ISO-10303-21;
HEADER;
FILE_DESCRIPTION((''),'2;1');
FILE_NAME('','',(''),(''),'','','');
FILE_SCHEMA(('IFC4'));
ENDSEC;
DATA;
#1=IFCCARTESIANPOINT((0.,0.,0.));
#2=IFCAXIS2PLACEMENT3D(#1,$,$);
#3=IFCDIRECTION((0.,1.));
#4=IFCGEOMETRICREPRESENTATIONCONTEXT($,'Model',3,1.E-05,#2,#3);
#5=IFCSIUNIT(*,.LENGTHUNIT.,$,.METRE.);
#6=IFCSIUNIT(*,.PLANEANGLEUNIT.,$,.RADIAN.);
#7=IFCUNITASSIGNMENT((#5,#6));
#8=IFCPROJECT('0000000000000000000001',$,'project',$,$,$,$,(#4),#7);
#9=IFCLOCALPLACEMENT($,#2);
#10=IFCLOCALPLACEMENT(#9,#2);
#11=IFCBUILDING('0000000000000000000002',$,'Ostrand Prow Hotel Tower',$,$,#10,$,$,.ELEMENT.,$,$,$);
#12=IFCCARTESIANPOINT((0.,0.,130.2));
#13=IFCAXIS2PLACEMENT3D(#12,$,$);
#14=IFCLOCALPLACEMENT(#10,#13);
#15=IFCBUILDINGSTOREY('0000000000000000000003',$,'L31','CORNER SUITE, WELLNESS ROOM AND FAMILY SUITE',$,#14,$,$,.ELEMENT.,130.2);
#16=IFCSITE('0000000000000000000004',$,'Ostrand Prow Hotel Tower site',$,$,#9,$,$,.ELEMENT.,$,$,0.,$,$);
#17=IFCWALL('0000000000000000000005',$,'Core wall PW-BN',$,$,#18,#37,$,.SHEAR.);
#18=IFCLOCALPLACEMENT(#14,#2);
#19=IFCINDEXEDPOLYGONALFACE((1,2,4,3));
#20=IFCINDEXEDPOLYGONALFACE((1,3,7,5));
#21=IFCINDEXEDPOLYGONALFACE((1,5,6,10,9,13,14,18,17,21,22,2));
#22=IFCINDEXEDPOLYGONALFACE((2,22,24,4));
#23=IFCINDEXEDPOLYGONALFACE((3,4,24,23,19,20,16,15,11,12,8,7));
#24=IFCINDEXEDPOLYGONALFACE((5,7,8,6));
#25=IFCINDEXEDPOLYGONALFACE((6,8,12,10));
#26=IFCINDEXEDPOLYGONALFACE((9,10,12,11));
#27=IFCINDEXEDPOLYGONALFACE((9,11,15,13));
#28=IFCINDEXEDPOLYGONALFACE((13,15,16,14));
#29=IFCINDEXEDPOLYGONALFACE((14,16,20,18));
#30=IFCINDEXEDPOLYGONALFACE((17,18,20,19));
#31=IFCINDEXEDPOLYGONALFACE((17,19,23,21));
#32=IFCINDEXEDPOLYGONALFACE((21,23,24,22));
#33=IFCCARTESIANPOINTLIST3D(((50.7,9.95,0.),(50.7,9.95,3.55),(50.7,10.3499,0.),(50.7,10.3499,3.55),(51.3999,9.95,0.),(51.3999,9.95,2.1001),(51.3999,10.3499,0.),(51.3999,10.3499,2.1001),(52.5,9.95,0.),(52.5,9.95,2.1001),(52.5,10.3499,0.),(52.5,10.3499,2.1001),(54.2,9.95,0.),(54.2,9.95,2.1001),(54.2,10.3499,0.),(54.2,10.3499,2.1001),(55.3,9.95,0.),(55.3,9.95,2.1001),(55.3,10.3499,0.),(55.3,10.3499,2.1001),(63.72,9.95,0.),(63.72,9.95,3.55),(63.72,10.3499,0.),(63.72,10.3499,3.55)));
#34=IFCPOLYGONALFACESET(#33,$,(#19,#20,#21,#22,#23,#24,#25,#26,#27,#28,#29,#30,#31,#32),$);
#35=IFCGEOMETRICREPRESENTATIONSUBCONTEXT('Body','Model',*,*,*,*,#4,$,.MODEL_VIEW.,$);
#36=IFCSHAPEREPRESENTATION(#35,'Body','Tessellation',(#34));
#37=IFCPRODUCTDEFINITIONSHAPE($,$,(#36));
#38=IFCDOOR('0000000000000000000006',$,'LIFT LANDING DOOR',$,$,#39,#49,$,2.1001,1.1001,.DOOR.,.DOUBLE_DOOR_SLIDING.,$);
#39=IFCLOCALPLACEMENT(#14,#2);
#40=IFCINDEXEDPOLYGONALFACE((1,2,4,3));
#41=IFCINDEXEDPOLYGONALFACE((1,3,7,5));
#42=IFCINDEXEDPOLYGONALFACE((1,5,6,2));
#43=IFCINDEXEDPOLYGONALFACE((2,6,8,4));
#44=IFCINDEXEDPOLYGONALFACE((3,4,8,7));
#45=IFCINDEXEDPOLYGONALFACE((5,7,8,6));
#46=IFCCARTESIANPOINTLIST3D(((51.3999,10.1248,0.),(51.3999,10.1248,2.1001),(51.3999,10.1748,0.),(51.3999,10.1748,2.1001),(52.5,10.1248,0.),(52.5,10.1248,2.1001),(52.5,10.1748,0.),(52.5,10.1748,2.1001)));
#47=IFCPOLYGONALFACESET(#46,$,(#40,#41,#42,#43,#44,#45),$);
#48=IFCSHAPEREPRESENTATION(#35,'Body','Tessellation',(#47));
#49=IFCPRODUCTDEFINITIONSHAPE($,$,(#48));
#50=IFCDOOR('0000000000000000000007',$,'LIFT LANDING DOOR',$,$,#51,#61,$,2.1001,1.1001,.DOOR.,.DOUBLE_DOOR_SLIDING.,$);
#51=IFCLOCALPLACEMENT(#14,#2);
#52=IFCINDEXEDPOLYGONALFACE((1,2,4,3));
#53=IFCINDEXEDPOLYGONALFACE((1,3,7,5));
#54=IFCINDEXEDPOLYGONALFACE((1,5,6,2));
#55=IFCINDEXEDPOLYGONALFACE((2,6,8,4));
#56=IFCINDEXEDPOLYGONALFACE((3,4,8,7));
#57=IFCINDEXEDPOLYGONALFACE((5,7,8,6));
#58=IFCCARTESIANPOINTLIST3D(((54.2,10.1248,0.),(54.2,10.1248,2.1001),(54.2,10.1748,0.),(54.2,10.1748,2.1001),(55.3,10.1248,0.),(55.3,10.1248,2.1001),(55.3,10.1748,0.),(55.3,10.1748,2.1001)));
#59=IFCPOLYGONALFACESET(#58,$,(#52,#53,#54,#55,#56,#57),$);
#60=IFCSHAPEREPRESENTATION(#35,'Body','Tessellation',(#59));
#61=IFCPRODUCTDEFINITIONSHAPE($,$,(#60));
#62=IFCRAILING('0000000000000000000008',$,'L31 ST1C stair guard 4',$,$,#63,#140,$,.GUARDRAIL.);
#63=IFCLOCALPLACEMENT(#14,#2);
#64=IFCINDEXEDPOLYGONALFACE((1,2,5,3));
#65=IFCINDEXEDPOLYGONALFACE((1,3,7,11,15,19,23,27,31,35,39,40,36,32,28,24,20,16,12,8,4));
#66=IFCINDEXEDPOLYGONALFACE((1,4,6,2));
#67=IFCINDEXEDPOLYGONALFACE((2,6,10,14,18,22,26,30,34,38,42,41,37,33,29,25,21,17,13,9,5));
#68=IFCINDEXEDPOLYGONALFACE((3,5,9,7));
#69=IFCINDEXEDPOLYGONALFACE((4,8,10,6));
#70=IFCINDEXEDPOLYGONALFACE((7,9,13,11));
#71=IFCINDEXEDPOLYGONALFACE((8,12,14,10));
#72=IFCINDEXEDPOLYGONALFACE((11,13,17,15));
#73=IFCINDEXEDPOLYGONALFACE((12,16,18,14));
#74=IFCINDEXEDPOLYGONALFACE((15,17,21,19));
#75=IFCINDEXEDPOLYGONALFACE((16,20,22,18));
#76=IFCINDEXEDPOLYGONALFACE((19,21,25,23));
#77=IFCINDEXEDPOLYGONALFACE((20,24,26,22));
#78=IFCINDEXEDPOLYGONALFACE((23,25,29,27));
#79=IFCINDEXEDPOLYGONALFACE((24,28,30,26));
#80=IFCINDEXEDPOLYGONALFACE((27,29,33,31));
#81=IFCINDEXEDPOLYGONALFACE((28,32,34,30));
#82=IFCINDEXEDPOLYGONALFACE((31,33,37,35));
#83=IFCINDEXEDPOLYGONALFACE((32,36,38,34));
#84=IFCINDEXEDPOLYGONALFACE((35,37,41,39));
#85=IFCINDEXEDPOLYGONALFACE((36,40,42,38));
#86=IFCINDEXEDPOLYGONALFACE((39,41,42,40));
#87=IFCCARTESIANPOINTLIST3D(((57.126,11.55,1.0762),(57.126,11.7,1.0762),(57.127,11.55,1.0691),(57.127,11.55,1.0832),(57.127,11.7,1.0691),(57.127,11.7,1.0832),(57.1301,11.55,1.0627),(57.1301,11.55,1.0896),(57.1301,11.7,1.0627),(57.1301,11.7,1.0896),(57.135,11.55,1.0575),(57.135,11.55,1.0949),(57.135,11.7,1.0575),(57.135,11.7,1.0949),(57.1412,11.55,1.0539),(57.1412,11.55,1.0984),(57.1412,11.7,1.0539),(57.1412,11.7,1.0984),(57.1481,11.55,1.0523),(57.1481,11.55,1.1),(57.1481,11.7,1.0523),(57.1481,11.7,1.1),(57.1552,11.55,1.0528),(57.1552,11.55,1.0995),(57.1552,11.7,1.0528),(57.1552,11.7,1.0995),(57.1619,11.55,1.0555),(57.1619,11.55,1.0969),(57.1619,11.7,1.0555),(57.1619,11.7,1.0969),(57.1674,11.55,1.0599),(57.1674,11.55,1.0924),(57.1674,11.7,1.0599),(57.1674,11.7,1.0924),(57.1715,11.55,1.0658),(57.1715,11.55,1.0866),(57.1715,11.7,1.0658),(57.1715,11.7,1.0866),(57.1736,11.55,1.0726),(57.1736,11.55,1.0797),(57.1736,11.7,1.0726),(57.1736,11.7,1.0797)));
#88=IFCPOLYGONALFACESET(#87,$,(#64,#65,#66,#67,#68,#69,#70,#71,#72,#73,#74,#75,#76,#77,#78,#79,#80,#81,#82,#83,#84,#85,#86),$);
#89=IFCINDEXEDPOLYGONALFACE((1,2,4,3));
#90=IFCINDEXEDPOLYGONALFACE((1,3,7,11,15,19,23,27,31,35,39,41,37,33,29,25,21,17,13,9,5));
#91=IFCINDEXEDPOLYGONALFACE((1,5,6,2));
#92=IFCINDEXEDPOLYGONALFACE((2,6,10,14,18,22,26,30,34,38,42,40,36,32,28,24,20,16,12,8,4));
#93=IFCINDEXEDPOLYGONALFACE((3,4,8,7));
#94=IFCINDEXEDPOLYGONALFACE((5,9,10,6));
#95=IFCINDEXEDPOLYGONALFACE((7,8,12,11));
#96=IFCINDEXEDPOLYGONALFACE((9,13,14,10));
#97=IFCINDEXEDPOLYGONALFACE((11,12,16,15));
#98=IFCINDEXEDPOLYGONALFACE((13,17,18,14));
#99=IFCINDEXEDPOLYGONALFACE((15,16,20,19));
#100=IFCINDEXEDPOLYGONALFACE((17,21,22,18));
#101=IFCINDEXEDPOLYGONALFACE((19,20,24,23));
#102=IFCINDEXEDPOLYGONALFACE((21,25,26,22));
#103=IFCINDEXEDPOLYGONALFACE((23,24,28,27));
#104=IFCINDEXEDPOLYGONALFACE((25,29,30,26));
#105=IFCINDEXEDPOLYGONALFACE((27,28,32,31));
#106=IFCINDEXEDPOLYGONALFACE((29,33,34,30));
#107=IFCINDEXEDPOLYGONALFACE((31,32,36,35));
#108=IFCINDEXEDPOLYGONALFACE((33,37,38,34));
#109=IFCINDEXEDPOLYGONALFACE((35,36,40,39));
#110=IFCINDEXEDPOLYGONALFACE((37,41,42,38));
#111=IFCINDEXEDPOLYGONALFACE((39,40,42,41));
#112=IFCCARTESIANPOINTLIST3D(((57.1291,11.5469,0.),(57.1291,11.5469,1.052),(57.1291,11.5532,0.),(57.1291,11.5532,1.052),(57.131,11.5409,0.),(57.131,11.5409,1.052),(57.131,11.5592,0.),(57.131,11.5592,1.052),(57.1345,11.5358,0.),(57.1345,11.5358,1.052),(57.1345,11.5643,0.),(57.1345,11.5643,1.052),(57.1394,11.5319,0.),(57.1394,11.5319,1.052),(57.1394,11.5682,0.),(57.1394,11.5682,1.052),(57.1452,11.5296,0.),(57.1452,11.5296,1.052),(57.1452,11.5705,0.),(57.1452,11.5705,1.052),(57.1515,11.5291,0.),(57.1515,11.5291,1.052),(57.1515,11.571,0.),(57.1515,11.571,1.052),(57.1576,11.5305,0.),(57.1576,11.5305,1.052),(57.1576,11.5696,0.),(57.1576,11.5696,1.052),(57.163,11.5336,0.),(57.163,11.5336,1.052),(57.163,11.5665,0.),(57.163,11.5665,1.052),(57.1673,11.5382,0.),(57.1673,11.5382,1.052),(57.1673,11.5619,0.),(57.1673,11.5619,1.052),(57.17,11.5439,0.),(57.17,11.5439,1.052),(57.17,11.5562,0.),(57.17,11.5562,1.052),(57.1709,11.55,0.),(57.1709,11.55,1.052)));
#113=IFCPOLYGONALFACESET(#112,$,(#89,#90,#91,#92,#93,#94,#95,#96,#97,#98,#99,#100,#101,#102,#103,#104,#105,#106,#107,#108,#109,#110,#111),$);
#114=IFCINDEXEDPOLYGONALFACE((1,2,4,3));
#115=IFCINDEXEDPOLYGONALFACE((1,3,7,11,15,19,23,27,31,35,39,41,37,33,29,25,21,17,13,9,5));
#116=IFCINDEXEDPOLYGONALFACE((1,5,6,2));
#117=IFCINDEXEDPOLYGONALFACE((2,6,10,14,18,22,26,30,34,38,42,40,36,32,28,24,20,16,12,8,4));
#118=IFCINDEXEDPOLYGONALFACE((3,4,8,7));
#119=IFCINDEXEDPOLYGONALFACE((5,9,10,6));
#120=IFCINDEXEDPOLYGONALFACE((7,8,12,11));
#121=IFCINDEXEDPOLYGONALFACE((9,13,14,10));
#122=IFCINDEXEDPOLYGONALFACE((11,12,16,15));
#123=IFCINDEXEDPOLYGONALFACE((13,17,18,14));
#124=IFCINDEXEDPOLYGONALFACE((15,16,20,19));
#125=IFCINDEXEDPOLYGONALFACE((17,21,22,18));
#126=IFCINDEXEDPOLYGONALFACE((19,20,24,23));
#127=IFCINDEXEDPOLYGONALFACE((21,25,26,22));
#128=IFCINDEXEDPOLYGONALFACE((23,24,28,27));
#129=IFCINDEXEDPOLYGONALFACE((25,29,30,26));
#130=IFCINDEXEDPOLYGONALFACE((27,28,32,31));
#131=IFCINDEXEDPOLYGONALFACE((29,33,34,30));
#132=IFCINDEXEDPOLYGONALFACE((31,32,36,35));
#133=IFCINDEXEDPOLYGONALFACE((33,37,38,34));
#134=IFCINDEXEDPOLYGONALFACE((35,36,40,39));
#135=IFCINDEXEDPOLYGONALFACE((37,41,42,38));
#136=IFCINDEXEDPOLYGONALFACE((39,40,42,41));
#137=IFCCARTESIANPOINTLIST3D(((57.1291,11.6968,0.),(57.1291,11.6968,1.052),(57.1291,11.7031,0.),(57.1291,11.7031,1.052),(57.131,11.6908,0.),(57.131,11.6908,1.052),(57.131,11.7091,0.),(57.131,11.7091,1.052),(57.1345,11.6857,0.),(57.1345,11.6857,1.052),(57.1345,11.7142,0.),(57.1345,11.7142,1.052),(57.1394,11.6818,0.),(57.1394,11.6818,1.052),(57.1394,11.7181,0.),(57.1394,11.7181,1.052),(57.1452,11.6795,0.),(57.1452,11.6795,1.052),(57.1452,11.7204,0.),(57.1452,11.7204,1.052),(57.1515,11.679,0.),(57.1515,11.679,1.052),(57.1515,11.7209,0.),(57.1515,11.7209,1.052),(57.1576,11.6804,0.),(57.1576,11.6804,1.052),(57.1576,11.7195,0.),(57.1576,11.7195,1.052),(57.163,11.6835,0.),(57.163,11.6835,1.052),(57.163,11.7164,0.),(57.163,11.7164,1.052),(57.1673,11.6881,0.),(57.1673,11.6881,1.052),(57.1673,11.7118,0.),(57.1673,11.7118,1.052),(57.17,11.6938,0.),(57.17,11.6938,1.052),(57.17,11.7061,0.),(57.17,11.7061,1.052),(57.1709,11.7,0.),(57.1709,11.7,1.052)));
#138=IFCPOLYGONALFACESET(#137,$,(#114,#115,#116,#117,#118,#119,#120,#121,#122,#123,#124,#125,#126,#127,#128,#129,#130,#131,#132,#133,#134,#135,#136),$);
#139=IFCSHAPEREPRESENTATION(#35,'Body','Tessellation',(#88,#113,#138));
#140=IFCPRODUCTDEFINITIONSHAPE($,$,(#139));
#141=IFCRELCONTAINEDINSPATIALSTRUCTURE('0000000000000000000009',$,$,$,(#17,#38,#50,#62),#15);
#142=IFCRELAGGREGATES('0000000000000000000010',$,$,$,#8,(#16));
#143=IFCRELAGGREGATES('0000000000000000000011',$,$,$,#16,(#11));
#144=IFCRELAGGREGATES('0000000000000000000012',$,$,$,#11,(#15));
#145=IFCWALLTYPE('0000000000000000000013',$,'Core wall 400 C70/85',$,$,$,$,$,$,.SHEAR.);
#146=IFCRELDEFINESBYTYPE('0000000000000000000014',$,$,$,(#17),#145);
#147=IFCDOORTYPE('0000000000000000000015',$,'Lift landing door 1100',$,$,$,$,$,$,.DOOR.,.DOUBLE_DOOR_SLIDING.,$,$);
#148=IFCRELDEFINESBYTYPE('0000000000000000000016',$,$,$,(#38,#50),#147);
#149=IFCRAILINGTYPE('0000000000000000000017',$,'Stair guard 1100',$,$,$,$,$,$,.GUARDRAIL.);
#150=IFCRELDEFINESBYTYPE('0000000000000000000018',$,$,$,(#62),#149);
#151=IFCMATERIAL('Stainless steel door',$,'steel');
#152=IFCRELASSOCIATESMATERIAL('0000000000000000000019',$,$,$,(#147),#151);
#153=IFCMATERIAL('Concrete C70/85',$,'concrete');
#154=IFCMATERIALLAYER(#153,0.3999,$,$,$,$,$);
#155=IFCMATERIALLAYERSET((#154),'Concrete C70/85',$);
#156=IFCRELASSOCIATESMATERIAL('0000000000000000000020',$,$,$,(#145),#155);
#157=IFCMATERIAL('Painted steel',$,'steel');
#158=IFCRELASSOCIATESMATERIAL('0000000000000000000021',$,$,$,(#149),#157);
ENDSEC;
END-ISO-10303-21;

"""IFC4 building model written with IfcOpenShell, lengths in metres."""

from ifc_helpers import new_model, si_unit, direction, frame, frame_2d, origin, origin_2d, place, context, subcontext, project, spatial, rectangle, circle, extrude, material, layer, layer_set, type_object, element, fill, save


model = new_model("IFC4")

# Units and contexts
model_context = context("Model", 3, precision=1e-05, world=origin(), true_north=direction((0.0, 1.0)))
body_context = subcontext(model_context, "Body", "Model", "MODEL_VIEW")
ifc_project = project(units=[si_unit("LENGTHUNIT", "METRE"), si_unit("PLANEANGLEUNIT", "RADIAN")], contexts=[model_context])

# Site, building, storey
site_placement = place(None, origin())
site = spatial("IfcSite", under=ifc_project, at=site_placement, Name="Ostrand Prow Hotel Tower site", CompositionType="ELEMENT", RefElevation=0.0)
building_placement = place(site_placement, origin())
building = spatial("IfcBuilding", under=site, at=building_placement, Name="Ostrand Prow Hotel Tower", CompositionType="ELEMENT")
storey_placement = place(building_placement, frame((0.0, 0.0, 130.2)))
storey = spatial("IfcBuildingStorey", under=building, at=storey_placement, Name="L31", Description="CORNER SUITE, WELLNESS ROOM AND FAMILY SUITE", CompositionType="ELEMENT", Elevation=130.2)

# Shared definitions
ifc_material_1 = material(Name="Stainless steel door", Category="steel")
door_type_1 = type_object("IfcDoorType", Name="Lift landing door 1100", OperationType="DOUBLE_DOOR_SLIDING", PredefinedType="DOOR", material=ifc_material_1)

# Wall, openings, doors
ifc_material_2 = material(Name="Concrete C70/85", Category="concrete")
ifc_layer_1 = layer(ifc_material_2, 0.3999)
ifc_layer_set_1 = layer_set([ifc_layer_1], Name="Concrete C70/85")
wall_type_1 = type_object("IfcWallType", Name="Core wall 400 C70/85", PredefinedType="SHEAR", material=ifc_layer_set_1)
wall_1_placement = place(storey_placement, frame((50.7, 10.1499, 0.0), z_axis=(0.0, 0.0, 1.0), x_axis=(1.0, 0.0, 0.0)))
wall_1 = element("IfcWall", 1, at=wall_1_placement, inside=storey, type_object=wall_type_1, Name="Core wall PW-BN", PredefinedType="SHEAR", context=body_context, shape_type="SweptSolid", body=[
    extrude(rectangle(XDim=13.02, YDim=0.3999, at=frame_2d((6.51, 0.0))), origin(), (0.0, 0.0, 1.0), 3.55),
])
opening_1_placement = place(wall_1_placement, frame((0.7, 0.0, 0.0)))
opening_1 = element("IfcOpeningElement", 2, at=opening_1_placement, cuts=wall_1, PredefinedType="OPENING", context=body_context, shape_type="SweptSolid", body=[
    extrude(rectangle(XDim=1.1001, YDim=2.1001, at=frame_2d((0.55, 1.05))), frame((0.0, 0.21, 0.0), z_axis=(0.0, -1.0, 0.0), x_axis=(1.0, 0.0, 0.0)), (0.0, 0.0, 1.0), 0.4199),
])
opening_2_placement = place(wall_1_placement, frame((3.5, 0.0, 0.0)))
opening_2 = element("IfcOpeningElement", 3, at=opening_2_placement, cuts=wall_1, PredefinedType="OPENING", context=body_context, shape_type="SweptSolid", body=[
    extrude(rectangle(XDim=1.1001, YDim=2.1001, at=frame_2d((0.55, 1.05))), frame((0.0, 0.21, 0.0), z_axis=(0.0, -1.0, 0.0), x_axis=(1.0, 0.0, 0.0)), (0.0, 0.0, 1.0), 0.4199),
])
door_1_placement = place(opening_1_placement, origin())
door_1 = element("IfcDoor", 4, at=door_1_placement, inside=storey, type_object=door_type_1, Name="LIFT LANDING DOOR", OperationType="DOUBLE_DOOR_SLIDING", OverallHeight=2.1001, OverallWidth=1.1001, PredefinedType="DOOR", context=body_context, shape_type="SweptSolid", body=[
    extrude(rectangle(XDim=1.1001, YDim=2.1001, at=frame_2d((0.55, 1.05))), frame((0.0, 0.0249, 0.0), z_axis=(0.0, -1.0, 0.0), x_axis=(1.0, 0.0, 0.0)), (0.0, 0.0, 1.0), 0.05),
])
fill(opening_1, door_1)
door_2_placement = place(opening_2_placement, origin())
door_2 = element("IfcDoor", 5, at=door_2_placement, inside=storey, type_object=door_type_1, Name="LIFT LANDING DOOR", OperationType="DOUBLE_DOOR_SLIDING", OverallHeight=2.1001, OverallWidth=1.1001, PredefinedType="DOOR", context=body_context, shape_type="SweptSolid", body=[
    extrude(rectangle(XDim=1.1001, YDim=2.1001, at=frame_2d((0.55, 1.05))), frame((0.0, 0.0249, 0.0), z_axis=(0.0, -1.0, 0.0), x_axis=(1.0, 0.0, 0.0)), (0.0, 0.0, 1.0), 0.05),
])
fill(opening_2, door_2)

# Railing
ifc_material_3 = material(Name="Painted steel", Category="steel")
railing_type = type_object("IfcRailingType", Name="Stair guard 1100", PredefinedType="GUARDRAIL", material=ifc_material_3)
railing_1_placement = place(storey_placement, frame((57.1499, 11.55, 0.0)))
element("IfcRailing", 6, at=railing_1_placement, inside=storey, type_object=railing_type, Name="L31 ST1C stair guard 4", PredefinedType="GUARDRAIL", context=body_context, shape_type="SweptSolid", body=[
    extrude(circle(Radius=0.0239, at=origin_2d()), frame((0.0, 0.0, 1.0762), z_axis=(0.0, 1.0, 0.0), x_axis=(-1.0, 0.0, 0.0)), (0.0, 0.0, 1.0), 0.1499),
    extrude(circle(Radius=0.021, at=origin_2d()), origin(), (0.0, 0.0, 1.0), 1.052),
    extrude(circle(Radius=0.021, at=origin_2d()), frame((0.0, 0.1499, 0.0)), (0.0, 0.0, 1.0), 1.052),
])

save(model, "model.ifc")
